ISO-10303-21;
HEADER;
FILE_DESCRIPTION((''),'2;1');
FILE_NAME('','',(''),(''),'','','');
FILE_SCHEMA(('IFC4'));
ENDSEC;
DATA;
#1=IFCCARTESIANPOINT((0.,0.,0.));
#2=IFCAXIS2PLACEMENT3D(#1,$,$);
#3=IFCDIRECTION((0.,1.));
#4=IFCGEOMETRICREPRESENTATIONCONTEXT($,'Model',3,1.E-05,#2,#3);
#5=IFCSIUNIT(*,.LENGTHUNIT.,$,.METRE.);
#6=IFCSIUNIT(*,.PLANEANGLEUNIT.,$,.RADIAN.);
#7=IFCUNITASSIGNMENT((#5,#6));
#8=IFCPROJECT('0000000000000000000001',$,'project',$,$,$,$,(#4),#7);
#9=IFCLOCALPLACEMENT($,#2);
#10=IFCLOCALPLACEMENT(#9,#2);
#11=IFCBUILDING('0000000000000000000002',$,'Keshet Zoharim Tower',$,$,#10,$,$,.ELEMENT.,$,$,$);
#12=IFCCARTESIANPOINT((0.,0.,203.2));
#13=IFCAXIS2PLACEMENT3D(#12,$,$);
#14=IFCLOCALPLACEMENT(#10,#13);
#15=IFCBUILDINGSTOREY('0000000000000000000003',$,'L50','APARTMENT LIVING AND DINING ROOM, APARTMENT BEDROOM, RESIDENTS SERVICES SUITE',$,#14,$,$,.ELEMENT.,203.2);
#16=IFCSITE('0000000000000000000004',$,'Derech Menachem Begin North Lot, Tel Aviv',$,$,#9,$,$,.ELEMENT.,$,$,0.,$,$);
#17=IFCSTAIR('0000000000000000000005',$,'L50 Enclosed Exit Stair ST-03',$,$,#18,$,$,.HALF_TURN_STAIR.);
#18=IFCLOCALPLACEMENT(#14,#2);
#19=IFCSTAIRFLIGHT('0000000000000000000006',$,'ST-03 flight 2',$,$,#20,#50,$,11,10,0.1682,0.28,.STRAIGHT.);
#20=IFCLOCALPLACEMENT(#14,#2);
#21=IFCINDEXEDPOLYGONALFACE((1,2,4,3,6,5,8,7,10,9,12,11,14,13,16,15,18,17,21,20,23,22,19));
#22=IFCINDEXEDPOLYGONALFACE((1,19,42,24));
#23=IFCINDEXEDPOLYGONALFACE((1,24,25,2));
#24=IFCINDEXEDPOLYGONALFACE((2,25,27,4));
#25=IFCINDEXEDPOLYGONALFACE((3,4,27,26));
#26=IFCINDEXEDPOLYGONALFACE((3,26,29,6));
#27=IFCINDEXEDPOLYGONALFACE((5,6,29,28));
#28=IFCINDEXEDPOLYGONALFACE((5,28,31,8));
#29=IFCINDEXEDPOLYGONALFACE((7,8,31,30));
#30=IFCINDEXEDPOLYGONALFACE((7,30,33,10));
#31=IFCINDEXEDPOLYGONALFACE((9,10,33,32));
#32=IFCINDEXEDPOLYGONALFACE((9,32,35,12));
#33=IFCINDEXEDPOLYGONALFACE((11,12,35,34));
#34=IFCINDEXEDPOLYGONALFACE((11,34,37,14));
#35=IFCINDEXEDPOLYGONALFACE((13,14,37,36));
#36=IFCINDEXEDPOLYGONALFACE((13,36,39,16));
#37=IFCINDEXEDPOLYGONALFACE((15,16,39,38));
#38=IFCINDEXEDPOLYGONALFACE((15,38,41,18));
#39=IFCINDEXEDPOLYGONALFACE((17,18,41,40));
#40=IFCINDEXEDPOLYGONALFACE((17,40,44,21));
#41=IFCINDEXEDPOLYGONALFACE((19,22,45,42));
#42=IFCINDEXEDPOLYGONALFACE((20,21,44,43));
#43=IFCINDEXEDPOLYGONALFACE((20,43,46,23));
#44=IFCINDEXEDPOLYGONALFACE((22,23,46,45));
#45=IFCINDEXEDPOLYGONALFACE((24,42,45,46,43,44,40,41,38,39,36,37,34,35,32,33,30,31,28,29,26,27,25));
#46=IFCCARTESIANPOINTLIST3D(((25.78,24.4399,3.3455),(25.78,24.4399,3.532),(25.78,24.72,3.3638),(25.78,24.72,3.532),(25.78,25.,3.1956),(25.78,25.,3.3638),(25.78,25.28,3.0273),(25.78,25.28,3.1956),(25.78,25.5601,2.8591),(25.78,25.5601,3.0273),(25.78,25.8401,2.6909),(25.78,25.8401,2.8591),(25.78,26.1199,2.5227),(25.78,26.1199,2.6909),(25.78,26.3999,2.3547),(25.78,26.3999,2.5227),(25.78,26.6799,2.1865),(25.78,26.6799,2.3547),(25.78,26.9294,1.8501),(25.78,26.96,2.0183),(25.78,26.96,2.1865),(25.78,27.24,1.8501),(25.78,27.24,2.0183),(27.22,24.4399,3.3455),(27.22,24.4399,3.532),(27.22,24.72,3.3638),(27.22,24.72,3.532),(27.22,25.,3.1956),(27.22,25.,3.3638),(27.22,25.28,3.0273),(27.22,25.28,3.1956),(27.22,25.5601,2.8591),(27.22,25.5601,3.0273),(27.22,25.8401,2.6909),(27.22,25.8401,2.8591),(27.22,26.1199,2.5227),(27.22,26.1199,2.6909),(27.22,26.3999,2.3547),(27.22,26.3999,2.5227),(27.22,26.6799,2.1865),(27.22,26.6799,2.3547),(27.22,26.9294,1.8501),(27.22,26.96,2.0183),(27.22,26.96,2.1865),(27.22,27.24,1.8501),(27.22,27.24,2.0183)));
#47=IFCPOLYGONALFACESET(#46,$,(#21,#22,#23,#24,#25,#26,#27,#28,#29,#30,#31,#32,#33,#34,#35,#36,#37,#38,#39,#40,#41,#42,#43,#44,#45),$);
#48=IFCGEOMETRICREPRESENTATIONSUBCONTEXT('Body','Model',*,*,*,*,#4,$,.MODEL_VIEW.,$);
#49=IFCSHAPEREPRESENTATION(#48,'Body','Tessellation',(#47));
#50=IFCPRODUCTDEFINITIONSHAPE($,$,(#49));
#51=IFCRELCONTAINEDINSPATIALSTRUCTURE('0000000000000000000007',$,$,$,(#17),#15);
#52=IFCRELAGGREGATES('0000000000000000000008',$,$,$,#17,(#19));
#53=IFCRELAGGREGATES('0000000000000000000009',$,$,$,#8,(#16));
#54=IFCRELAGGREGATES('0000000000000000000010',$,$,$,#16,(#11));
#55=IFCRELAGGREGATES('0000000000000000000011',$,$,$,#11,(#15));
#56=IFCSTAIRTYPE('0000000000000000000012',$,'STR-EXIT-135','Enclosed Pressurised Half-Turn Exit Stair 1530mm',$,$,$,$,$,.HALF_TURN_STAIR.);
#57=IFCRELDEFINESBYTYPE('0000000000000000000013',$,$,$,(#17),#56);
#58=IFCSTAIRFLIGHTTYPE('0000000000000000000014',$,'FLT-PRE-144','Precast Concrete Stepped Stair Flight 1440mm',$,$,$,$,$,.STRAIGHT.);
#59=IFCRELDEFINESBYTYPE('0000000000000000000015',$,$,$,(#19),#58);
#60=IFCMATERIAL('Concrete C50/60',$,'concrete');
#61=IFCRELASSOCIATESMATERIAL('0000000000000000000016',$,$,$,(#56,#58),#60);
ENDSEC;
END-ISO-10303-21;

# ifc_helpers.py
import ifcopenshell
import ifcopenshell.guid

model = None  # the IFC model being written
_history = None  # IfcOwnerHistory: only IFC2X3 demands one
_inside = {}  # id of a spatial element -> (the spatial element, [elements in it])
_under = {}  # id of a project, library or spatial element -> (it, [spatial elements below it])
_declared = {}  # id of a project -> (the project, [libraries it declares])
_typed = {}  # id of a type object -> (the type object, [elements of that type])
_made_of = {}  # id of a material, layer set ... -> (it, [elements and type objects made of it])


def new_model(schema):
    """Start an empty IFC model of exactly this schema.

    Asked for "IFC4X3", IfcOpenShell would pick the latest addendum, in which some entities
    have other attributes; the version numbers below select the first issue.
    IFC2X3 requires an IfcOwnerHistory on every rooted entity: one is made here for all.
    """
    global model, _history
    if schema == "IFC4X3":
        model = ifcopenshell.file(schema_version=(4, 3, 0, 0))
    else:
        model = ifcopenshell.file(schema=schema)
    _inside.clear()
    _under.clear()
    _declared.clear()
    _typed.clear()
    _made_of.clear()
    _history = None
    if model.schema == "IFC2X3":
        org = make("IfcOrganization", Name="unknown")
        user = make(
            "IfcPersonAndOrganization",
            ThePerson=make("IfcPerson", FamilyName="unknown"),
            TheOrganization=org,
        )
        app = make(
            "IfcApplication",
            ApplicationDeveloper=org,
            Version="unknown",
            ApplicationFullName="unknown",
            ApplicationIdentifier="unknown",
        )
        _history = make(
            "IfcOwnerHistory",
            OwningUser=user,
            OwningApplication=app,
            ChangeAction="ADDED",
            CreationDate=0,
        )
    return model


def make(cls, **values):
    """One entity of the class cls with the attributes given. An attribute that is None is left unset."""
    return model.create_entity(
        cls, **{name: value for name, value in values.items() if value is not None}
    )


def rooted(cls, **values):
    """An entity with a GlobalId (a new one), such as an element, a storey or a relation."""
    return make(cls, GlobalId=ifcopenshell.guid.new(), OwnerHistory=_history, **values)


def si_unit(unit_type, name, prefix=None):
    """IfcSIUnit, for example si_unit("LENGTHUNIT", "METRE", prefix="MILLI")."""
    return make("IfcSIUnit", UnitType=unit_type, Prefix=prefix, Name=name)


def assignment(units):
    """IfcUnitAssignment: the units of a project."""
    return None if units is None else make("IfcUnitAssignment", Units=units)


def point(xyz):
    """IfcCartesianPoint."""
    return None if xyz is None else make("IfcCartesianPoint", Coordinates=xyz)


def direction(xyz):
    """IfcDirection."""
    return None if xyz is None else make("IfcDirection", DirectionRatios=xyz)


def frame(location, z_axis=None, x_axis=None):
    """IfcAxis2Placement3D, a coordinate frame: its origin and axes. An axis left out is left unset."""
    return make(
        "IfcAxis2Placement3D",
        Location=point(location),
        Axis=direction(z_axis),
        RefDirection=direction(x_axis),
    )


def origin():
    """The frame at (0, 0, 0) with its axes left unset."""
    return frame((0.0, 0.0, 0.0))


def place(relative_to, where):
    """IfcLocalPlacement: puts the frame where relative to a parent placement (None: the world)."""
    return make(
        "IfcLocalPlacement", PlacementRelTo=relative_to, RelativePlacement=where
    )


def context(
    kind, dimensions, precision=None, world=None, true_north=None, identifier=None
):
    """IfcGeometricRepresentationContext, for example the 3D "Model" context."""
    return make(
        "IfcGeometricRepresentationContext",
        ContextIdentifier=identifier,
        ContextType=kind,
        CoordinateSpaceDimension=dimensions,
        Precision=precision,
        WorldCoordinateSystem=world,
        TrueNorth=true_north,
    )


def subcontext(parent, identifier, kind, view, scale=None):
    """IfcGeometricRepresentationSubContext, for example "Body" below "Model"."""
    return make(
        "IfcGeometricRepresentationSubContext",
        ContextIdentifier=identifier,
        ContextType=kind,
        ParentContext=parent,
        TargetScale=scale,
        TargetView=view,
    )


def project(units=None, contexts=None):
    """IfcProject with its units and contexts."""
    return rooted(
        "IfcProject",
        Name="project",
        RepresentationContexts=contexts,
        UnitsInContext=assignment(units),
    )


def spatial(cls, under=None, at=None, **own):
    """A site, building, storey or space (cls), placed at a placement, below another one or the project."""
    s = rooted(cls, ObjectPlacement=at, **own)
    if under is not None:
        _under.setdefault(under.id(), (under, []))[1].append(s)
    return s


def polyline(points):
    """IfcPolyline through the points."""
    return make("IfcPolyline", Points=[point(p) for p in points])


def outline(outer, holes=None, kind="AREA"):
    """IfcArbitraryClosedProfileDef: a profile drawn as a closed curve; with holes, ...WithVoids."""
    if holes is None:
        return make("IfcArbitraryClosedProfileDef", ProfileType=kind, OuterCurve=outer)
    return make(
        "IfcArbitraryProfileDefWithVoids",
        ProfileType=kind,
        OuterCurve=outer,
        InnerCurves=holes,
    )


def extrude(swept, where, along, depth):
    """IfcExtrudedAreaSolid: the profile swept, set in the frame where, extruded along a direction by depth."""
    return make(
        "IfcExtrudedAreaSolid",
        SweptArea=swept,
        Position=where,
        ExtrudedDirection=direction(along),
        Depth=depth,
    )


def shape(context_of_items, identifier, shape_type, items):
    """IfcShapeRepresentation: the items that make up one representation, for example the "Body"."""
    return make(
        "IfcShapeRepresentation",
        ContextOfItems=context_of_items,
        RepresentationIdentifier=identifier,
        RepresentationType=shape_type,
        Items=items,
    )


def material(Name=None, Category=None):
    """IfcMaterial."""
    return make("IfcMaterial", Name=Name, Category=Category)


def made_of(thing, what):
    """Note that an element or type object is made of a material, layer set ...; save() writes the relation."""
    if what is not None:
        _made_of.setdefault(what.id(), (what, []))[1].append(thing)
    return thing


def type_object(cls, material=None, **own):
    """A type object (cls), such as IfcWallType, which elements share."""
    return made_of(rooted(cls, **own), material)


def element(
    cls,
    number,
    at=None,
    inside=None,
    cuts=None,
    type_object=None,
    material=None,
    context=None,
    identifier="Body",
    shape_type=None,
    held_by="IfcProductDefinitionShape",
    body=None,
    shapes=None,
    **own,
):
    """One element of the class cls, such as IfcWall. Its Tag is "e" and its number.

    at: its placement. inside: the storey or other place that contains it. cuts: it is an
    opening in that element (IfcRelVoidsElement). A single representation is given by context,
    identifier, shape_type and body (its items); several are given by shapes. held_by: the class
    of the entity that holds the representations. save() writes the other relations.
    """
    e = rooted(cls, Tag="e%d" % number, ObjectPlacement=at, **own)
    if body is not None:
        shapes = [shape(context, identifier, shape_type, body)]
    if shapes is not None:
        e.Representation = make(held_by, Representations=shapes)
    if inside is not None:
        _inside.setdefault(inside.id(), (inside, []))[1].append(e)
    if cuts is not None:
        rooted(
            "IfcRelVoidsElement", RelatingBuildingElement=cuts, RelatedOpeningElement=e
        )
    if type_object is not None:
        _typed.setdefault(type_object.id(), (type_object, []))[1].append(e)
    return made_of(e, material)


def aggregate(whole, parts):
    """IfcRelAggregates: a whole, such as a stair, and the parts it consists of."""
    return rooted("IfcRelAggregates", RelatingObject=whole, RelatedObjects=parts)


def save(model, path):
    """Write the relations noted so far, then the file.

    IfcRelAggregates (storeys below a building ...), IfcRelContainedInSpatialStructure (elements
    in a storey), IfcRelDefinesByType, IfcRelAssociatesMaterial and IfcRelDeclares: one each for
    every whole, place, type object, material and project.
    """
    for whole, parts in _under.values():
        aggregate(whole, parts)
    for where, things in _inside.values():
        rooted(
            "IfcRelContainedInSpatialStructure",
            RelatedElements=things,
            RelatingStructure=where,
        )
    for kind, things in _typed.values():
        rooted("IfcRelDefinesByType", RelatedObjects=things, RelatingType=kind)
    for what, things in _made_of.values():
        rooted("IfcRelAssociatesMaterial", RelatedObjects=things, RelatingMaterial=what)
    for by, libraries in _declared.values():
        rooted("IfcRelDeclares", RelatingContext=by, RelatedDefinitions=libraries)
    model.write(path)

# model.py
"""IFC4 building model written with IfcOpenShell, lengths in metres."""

from ifc_helpers import new_model, si_unit, direction, frame, origin, place, context, subcontext, project, spatial, polyline, outline, extrude, material, type_object, element, aggregate, save


model = new_model("IFC4")

# Units and contexts
model_context = context("Model", 3, precision=1e-05, world=origin(), true_north=direction((0.0, 1.0)))
body_context = subcontext(model_context, "Body", "Model", "MODEL_VIEW")
ifc_project = project(units=[si_unit("LENGTHUNIT", "METRE"), si_unit("PLANEANGLEUNIT", "RADIAN")], contexts=[model_context])

# Site, building, storey
site_placement = place(None, origin())
site = spatial("IfcSite", under=ifc_project, at=site_placement, Name="Derech Menachem Begin North Lot, Tel Aviv", CompositionType="ELEMENT", RefElevation=0.0)
building_placement = place(site_placement, origin())
building = spatial("IfcBuilding", under=site, at=building_placement, Name="Keshet Zoharim Tower", CompositionType="ELEMENT")
storey_placement = place(building_placement, frame((0.0, 0.0, 203.2)))
storey = spatial("IfcBuildingStorey", under=building, at=storey_placement, Name="L50", Description="APARTMENT LIVING AND DINING ROOM, APARTMENT BEDROOM, RESIDENTS SERVICES SUITE", CompositionType="ELEMENT", Elevation=203.2)

# Shared definitions
ifc_material_1 = material(Name="Concrete C50/60", Category="concrete")

# Stair, stair flight
stair_type = type_object("IfcStairType", Name="STR-EXIT-135", Description="Enclosed Pressurised Half-Turn Exit Stair 1530mm", PredefinedType="HALF_TURN_STAIR", material=ifc_material_1)
stair_1_placement = place(storey_placement, origin())
stair_1 = element("IfcStair", 1, at=stair_1_placement, inside=storey, type_object=stair_type, Name="L50 Enclosed Exit Stair ST-03", PredefinedType="HALF_TURN_STAIR")
stair_flight_type_1 = type_object("IfcStairFlightType", Name="FLT-PRE-144", Description="Precast Concrete Stepped Stair Flight 1440mm", PredefinedType="STRAIGHT", material=ifc_material_1)
stair_flight_1_placement = place(storey_placement, frame((26.5, 27.24, 1.8501), z_axis=(0.0, 0.0, 1.0), x_axis=(0.0, -1.0, 0.0)))
stair_flight_1 = element("IfcStairFlight", 2, at=stair_flight_1_placement, type_object=stair_flight_type_1, Name="ST-03 flight 2", NumberOfRisers=11, NumberOfTreads=10, PredefinedType="STRAIGHT", RiserHeight=0.1682, TreadLength=0.28, context=body_context, shape_type="SweptSolid", body=[
    extrude(outline(polyline([(0.0, 0.0), (0.0, 0.1682), (0.28, 0.1682), (0.28, 0.3364), (0.5601, 0.3364), (0.5601, 0.5046), (0.8401, 0.5046), (0.8401, 0.6726), (1.1201, 0.6726), (1.1201, 0.8408), (1.3999, 0.8408), (1.3999, 1.009), (1.6799, 1.009), (1.6799, 1.1772), (1.96, 1.1772), (1.96, 1.3455), (2.24, 1.3455), (2.24, 1.5137), (2.52, 1.5137), (2.52, 1.6819), (2.8, 1.6819), (2.8, 1.8501), (2.8, 1.4954), (0.3105, 0.0), (0.0, 0.0)])), frame((0.0, 0.72, 0.0), z_axis=(0.0, -1.0, 0.0), x_axis=(1.0, 0.0, 0.0)), (0.0, 0.0, 1.0), 1.4399),
])
aggregate(stair_1, [stair_flight_1])

save(model, "model.ifc")
